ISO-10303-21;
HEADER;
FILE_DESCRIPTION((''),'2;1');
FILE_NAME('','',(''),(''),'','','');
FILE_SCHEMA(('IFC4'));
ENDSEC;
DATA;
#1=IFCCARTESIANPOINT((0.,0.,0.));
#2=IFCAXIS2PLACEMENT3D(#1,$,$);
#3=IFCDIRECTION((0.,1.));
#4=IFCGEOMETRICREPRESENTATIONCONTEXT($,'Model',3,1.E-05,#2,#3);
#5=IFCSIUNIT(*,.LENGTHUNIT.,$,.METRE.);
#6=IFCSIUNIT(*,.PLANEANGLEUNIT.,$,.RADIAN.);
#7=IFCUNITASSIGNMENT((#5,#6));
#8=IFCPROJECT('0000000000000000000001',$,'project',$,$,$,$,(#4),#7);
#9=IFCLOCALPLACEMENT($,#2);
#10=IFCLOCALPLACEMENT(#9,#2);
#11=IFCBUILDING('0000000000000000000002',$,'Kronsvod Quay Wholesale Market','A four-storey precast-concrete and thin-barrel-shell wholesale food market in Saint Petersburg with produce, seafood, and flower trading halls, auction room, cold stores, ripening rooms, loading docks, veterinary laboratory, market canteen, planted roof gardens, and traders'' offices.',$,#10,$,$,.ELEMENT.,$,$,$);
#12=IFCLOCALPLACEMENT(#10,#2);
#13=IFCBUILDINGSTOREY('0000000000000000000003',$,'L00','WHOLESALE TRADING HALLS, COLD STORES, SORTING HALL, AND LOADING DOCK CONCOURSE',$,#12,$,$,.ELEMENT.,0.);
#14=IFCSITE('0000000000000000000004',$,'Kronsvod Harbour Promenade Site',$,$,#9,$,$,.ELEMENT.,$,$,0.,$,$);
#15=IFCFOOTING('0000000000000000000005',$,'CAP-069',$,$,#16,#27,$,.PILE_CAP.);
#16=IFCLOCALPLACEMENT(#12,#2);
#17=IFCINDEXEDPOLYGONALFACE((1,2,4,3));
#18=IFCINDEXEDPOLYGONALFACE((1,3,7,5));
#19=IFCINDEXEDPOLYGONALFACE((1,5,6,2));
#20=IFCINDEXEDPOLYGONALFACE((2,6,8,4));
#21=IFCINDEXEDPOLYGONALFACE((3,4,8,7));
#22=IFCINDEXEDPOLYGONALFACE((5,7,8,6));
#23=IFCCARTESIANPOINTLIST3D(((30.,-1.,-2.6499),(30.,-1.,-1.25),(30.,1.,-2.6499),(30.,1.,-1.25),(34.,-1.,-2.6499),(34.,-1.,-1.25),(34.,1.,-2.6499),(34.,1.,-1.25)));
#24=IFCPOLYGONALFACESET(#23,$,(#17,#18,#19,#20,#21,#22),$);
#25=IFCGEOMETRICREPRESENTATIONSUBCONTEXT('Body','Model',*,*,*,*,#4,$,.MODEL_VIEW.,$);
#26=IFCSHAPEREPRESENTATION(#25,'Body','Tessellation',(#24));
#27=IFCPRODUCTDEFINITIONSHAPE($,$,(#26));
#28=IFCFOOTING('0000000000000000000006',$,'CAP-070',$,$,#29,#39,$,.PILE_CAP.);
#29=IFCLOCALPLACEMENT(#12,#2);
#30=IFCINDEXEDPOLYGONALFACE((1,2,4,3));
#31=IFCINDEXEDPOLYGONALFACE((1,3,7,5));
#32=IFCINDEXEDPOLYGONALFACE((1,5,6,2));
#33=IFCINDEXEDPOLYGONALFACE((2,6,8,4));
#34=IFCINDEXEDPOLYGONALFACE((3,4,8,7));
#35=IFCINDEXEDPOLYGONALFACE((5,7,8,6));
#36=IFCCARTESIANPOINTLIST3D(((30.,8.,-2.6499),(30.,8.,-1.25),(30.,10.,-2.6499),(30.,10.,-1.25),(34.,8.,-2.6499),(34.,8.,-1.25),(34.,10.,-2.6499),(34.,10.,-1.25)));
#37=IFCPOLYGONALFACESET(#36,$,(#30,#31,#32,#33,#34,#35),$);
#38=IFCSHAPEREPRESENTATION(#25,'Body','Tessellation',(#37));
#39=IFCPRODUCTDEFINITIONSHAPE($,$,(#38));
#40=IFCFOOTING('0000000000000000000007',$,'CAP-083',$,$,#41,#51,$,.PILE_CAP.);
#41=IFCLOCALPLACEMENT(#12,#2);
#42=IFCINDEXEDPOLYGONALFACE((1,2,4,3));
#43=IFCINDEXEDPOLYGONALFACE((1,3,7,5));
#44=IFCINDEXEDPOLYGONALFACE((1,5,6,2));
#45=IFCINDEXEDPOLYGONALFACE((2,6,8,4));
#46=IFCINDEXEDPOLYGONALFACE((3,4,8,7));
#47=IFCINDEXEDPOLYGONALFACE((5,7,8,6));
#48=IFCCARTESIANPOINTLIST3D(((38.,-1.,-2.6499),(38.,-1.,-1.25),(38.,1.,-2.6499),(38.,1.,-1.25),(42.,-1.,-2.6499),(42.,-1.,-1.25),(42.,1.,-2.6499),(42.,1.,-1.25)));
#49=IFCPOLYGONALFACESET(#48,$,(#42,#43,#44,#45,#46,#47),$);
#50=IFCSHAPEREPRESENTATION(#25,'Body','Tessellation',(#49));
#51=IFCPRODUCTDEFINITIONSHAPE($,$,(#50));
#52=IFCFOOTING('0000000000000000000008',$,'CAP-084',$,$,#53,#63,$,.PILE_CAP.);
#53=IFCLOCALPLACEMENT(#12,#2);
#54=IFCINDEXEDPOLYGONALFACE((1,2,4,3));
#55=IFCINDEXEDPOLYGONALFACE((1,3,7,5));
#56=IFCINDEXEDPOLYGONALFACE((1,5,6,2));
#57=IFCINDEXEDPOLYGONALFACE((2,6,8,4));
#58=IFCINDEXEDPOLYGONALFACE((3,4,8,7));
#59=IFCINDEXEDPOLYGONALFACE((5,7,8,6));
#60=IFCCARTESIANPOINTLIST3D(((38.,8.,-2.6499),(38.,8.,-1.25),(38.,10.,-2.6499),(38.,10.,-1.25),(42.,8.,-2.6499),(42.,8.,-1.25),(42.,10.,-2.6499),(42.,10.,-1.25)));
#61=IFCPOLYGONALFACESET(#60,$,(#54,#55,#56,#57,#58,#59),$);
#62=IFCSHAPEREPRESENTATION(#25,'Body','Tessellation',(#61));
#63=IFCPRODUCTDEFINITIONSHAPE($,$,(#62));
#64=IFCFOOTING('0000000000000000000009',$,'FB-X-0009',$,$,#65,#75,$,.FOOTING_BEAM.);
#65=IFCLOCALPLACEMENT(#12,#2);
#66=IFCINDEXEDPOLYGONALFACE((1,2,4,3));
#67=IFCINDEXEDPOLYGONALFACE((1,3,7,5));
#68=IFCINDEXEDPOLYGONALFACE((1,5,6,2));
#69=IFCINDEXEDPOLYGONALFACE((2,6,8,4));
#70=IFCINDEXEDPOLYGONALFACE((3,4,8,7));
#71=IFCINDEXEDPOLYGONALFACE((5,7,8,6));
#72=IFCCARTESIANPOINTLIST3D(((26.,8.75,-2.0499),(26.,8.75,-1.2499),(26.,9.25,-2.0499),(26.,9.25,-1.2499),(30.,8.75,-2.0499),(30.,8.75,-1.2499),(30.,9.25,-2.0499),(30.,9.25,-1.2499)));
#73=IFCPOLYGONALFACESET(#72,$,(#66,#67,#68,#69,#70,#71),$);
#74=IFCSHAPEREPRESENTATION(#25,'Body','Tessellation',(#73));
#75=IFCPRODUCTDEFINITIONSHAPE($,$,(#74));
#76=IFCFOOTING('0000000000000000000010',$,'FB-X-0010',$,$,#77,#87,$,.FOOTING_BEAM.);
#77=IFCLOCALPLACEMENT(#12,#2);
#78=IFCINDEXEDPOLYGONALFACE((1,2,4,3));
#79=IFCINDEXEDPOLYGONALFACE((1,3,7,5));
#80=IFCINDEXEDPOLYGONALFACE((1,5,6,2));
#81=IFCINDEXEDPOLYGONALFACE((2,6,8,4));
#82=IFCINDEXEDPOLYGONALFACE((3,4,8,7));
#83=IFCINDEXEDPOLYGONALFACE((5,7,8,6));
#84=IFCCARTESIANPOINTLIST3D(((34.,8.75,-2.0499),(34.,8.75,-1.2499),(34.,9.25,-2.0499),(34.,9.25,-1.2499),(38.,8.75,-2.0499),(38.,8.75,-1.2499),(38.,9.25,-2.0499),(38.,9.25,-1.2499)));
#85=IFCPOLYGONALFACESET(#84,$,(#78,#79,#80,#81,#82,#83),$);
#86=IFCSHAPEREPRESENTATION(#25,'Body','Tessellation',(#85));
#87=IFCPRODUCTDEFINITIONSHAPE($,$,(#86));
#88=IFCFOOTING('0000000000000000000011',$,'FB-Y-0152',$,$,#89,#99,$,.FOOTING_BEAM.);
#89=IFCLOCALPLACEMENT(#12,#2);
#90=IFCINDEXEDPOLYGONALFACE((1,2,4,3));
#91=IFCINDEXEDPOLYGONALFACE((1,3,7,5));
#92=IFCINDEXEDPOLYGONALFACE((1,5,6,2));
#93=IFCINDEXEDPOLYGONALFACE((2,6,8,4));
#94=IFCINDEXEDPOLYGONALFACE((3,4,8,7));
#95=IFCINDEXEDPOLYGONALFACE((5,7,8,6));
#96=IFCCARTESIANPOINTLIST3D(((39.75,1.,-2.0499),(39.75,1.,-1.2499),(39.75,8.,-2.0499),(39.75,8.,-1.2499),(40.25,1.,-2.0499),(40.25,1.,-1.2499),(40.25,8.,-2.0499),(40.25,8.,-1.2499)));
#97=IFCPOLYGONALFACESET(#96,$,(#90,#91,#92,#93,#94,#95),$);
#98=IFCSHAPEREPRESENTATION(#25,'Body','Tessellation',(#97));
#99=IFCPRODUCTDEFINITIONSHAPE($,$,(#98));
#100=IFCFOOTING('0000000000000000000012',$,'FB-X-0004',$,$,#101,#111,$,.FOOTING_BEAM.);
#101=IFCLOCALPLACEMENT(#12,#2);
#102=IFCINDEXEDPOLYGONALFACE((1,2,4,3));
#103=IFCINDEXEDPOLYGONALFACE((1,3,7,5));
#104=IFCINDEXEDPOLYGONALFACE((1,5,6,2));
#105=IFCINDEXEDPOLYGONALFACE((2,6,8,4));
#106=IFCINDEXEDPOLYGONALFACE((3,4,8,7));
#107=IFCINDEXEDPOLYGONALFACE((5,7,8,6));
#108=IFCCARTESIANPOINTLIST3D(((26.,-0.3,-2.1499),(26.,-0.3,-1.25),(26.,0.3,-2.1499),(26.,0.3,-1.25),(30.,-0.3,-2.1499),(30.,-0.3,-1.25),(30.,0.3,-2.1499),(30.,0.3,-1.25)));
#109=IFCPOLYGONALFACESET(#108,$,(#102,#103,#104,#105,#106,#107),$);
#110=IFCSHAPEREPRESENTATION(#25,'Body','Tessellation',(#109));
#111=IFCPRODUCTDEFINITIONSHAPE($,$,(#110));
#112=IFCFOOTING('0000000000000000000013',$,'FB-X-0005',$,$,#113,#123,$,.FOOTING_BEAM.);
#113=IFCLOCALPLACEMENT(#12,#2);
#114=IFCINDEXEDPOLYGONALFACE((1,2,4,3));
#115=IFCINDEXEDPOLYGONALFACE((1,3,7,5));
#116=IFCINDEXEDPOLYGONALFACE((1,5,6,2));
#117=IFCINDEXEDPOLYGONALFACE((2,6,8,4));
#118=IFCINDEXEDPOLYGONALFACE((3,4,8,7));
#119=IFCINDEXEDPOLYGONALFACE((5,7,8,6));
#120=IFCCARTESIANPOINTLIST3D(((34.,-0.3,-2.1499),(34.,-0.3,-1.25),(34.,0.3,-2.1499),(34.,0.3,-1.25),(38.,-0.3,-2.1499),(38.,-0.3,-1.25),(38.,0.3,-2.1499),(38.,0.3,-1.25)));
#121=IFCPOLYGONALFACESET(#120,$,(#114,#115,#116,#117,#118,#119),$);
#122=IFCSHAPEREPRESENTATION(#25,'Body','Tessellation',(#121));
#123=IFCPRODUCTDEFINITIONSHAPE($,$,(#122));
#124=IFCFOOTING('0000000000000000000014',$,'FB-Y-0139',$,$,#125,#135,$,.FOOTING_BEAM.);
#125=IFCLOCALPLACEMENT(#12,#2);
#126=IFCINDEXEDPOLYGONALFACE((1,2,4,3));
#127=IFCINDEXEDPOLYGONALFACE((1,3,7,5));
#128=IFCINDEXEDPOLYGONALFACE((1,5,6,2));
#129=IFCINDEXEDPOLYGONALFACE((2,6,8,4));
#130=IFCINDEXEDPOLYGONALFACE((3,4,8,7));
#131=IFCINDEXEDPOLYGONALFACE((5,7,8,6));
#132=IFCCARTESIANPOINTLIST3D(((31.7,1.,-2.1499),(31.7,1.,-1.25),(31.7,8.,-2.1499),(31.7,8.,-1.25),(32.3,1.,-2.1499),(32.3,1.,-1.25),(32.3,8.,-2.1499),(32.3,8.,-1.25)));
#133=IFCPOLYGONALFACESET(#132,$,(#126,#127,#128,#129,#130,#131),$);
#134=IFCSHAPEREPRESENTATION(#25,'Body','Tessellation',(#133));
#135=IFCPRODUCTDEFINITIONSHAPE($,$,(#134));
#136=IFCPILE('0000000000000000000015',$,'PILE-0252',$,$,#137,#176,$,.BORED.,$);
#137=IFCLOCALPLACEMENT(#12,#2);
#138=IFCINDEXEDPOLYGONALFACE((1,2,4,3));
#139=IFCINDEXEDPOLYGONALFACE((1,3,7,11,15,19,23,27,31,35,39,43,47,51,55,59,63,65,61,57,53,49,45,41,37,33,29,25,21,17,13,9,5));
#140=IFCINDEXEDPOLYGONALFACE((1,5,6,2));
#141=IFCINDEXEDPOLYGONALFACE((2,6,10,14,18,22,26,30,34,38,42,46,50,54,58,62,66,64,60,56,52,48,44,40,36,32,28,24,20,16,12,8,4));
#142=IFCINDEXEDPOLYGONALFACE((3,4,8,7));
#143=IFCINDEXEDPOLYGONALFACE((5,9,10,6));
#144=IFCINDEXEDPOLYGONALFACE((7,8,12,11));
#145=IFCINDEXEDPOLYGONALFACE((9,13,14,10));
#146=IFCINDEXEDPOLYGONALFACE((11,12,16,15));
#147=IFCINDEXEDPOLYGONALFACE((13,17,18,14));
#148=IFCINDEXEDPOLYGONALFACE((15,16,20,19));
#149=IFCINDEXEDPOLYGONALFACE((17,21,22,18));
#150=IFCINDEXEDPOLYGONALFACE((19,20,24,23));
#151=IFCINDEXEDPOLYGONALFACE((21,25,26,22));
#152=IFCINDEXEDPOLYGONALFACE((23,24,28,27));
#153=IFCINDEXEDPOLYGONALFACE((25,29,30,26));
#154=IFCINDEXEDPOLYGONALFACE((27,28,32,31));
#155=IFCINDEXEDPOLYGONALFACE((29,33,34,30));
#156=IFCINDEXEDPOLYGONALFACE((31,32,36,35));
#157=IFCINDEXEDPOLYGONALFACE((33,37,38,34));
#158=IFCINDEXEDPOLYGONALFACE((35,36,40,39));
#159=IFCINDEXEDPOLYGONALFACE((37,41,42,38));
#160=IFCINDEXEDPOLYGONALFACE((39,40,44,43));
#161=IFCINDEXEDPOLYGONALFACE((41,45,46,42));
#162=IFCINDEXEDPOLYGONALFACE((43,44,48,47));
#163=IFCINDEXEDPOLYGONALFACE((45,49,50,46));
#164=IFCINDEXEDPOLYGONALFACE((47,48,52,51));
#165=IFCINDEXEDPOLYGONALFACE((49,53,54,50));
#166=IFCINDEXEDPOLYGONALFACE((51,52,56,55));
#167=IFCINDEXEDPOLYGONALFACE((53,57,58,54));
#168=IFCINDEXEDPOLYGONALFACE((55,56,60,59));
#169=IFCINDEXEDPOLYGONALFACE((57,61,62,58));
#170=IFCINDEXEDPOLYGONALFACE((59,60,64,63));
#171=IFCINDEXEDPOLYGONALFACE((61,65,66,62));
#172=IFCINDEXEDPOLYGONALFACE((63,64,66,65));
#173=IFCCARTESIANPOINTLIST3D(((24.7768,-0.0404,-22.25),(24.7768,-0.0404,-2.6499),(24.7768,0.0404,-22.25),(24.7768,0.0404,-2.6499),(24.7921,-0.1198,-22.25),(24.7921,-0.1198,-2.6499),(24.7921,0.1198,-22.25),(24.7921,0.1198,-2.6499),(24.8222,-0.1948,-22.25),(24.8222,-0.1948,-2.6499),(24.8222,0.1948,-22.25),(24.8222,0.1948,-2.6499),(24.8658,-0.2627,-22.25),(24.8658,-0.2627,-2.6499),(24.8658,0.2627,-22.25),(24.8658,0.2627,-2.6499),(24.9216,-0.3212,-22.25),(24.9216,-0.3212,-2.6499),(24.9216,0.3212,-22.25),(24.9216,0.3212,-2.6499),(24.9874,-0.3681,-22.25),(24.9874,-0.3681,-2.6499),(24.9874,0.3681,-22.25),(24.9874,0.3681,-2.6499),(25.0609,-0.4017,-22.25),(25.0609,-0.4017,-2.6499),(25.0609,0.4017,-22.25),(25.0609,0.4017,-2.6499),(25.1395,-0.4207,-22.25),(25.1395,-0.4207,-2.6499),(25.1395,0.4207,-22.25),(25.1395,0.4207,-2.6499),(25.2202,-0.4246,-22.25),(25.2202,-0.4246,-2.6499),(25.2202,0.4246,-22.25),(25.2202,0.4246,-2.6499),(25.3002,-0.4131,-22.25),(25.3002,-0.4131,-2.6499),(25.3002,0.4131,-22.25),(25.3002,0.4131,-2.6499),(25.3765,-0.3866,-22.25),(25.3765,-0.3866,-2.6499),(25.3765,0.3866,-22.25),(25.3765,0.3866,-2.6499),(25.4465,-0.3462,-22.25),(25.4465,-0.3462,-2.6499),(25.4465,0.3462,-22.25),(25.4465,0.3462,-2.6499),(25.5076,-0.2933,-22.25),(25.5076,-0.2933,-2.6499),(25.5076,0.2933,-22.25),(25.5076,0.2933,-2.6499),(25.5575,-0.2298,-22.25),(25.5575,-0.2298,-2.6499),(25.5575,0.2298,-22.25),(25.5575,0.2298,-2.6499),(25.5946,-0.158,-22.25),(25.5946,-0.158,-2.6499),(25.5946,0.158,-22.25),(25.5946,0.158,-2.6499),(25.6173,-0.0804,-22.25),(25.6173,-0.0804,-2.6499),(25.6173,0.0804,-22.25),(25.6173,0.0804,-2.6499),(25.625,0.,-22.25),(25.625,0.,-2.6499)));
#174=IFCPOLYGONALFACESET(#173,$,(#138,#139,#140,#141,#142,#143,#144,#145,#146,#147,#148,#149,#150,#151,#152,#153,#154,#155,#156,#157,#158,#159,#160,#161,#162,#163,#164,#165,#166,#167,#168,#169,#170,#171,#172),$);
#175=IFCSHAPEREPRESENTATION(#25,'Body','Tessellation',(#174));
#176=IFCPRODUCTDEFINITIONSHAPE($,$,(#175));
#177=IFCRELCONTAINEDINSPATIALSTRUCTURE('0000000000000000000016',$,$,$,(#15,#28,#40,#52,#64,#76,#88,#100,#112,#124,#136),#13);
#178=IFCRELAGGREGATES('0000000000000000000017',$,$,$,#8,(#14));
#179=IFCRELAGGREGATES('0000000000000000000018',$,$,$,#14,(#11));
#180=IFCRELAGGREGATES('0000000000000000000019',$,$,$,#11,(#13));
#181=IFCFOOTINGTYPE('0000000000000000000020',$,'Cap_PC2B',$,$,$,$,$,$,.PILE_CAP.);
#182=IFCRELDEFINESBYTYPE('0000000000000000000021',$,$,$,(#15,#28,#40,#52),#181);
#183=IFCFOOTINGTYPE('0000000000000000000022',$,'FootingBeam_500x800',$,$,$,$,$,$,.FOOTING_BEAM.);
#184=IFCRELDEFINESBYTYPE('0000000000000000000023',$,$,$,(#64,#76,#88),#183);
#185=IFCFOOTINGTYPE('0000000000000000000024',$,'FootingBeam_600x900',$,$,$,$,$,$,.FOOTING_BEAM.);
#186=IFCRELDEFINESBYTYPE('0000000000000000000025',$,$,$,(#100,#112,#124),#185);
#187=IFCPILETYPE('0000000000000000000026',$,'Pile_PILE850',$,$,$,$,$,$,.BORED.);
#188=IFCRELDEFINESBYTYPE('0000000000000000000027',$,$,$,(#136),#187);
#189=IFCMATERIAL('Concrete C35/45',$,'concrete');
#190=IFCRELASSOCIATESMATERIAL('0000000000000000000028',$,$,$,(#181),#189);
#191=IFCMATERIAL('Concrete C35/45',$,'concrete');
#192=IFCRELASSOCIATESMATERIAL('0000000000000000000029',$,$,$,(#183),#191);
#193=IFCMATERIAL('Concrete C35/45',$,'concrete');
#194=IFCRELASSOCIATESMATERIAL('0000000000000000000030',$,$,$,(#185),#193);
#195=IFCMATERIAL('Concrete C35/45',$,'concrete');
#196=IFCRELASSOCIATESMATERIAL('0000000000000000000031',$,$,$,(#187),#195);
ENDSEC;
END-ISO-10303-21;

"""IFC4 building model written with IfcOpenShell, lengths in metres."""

from ifc_helpers import new_model, si_unit, direction, frame, origin, origin_2d, place, context, subcontext, project, spatial, rectangle, circle, extrude, material, material_profile, profile_set, type_object, element, save


model = new_model("IFC4")

# Units and contexts
model_context = context("Model", 3, precision=1e-05, world=origin(), true_north=direction((0.0, 1.0)))
body_context = subcontext(model_context, "Body", "Model", "MODEL_VIEW")
ifc_project = project(units=[si_unit("LENGTHUNIT", "METRE"), si_unit("PLANEANGLEUNIT", "RADIAN")], contexts=[model_context])

# Site, building, storey
site_placement = place(None, origin())
site = spatial("IfcSite", under=ifc_project, at=site_placement, Name="Kronsvod Harbour Promenade Site", CompositionType="ELEMENT", RefElevation=0.0)
building_placement = place(site_placement, origin())
building = spatial("IfcBuilding", under=site, at=building_placement, Name="Kronsvod Quay Wholesale Market", Description="A four-storey precast-concrete and thin-barrel-shell wholesale food market in Saint Petersburg with produce, seafood, and flower trading halls, auction room, cold stores, ripening rooms, loading docks, veterinary laboratory, market canteen, planted roof gardens, and traders' offices.", CompositionType="ELEMENT")
storey_placement = place(building_placement, origin())
storey = spatial("IfcBuildingStorey", under=building, at=storey_placement, Name="L00", Description="WHOLESALE TRADING HALLS, COLD STORES, SORTING HALL, AND LOADING DOCK CONCOURSE", CompositionType="ELEMENT", Elevation=0.0)

# Footings
ifc_material_1 = material(Name="Concrete C35/45", Category="concrete")
footing_type_1 = type_object("IfcFootingType", Name="Cap_PC2B", PredefinedType="PILE_CAP", material=ifc_material_1)
for number, where, z_axis, x_axis, name in (
    (1, (32.0, 0.0, -2.6499), (0.0, 0.0, 1.0), (1.0, 0.0, 0.0), "CAP-069"),
    (2, (32.0, 9.0, -2.6499), (0.0, 0.0, 1.0), (1.0, 0.0, 0.0), "CAP-070"),
    (3, (40.0, 0.0, -2.6499), (0.0, 0.0, 1.0), (1.0, 0.0, 0.0), "CAP-083"),
    (4, (40.0, 9.0, -2.6499), (0.0, 0.0, 1.0), (1.0, 0.0, 0.0), "CAP-084"),
):
    element("IfcFooting", number, at=place(storey_placement, frame(where, z_axis=z_axis, x_axis=x_axis)), inside=storey, type_object=footing_type_1, Name=name, PredefinedType="PILE_CAP", context=body_context, shape_type="SweptSolid", body=[
        extrude(rectangle(XDim=4.0, YDim=2.0, at=origin_2d()), origin(), (0.0, 0.0, 1.0), 1.3999),
    ])
ifc_material_2 = material(Name="Concrete C35/45", Category="concrete")
ifc_material_profile_1 = material_profile(ifc_material_2, rectangle(XDim=0.5, YDim=0.8, at=origin_2d()), Name="FB-01")
ifc_profile_set_1 = profile_set([ifc_material_profile_1], Name="Concrete C35/45")
footing_type_2 = type_object("IfcFootingType", Name="FootingBeam_500x800", PredefinedType="FOOTING_BEAM", material=ifc_profile_set_1)
for number, where, z_axis, x_axis, name in (
    (5, (26.0, 9.0, -1.6499), (1.0, 0.0, 0.0), (0.0, 1.0, 0.0), "FB-X-0009"),
    (6, (34.0, 9.0, -1.6499), (1.0, 0.0, 0.0), (0.0, 1.0, 0.0), "FB-X-0010"),
):
    element("IfcFooting", number, at=place(storey_placement, frame(where, z_axis=z_axis, x_axis=x_axis)), inside=storey, type_object=footing_type_2, Name=name, PredefinedType="FOOTING_BEAM", context=body_context, shape_type="SweptSolid", body=[
        extrude(rectangle(XDim=0.5, YDim=0.8, at=origin_2d()), origin(), (0.0, 0.0, 1.0), 4.0),
    ])
footing_1_placement = place(storey_placement, frame((40.0, 1.0, -1.6499), z_axis=(0.0, 1.0, 0.0), x_axis=(-1.0, 0.0, 0.0)))
element("IfcFooting", 7, at=footing_1_placement, inside=storey, type_object=footing_type_2, Name="FB-Y-0152", PredefinedType="FOOTING_BEAM", context=body_context, shape_type="SweptSolid", body=[
    extrude(rectangle(XDim=0.5, YDim=0.8, at=origin_2d()), origin(), (0.0, 0.0, 1.0), 7.0),
])
ifc_material_3 = material(Name="Concrete C35/45", Category="concrete")
ifc_material_profile_2 = material_profile(ifc_material_3, rectangle(XDim=0.6001, YDim=0.8999, at=origin_2d()), Name="FB-02")
ifc_profile_set_2 = profile_set([ifc_material_profile_2], Name="Concrete C35/45")
footing_type_3 = type_object("IfcFootingType", Name="FootingBeam_600x900", PredefinedType="FOOTING_BEAM", material=ifc_profile_set_2)
for number, where, z_axis, x_axis, name in (
    (8, (26.0, 0.0, -1.7), (1.0, 0.0, 0.0), (0.0, 1.0, 0.0), "FB-X-0004"),
    (9, (34.0, 0.0, -1.7), (1.0, 0.0, 0.0), (0.0, 1.0, 0.0), "FB-X-0005"),
):
    element("IfcFooting", number, at=place(storey_placement, frame(where, z_axis=z_axis, x_axis=x_axis)), inside=storey, type_object=footing_type_3, Name=name, PredefinedType="FOOTING_BEAM", context=body_context, shape_type="SweptSolid", body=[
        extrude(rectangle(XDim=0.6001, YDim=0.8999, at=origin_2d()), origin(), (0.0, 0.0, 1.0), 4.0),
    ])
footing_2_placement = place(storey_placement, frame((32.0, 1.0, -1.7), z_axis=(0.0, 1.0, 0.0), x_axis=(-1.0, 0.0, 0.0)))
element("IfcFooting", 10, at=footing_2_placement, inside=storey, type_object=footing_type_3, Name="FB-Y-0139", PredefinedType="FOOTING_BEAM", context=body_context, shape_type="SweptSolid", body=[
    extrude(rectangle(XDim=0.6001, YDim=0.8999, at=origin_2d()), origin(), (0.0, 0.0, 1.0), 7.0),
])

# Pile
ifc_material_4 = material(Name="Concrete C35/45", Category="concrete")
ifc_material_profile_3 = material_profile(ifc_material_4, circle(Radius=0.425, at=origin_2d()), Name="PILE850")
ifc_profile_set_3 = profile_set([ifc_material_profile_3], Name="Concrete C35/45")
pile_type = type_object("IfcPileType", Name="Pile_PILE850", PredefinedType="BORED", material=ifc_profile_set_3)
for number, where, z_axis, x_axis, name in (
    (11, (25.2, 0.0, -2.6499), (0.0, 0.0, -1.0), (1.0, 0.0, 0.0), "PILE-0252"),
):
    element("IfcPile", number, at=place(storey_placement, frame(where, z_axis=z_axis, x_axis=x_axis)), inside=storey, type_object=pile_type, Name=name, PredefinedType="BORED", context=body_context, shape_type="SweptSolid", body=[
        extrude(circle(Radius=0.425, at=origin_2d()), origin(), (0.0, 0.0, 1.0), 19.6001),
    ])

save(model, "model.ifc")
